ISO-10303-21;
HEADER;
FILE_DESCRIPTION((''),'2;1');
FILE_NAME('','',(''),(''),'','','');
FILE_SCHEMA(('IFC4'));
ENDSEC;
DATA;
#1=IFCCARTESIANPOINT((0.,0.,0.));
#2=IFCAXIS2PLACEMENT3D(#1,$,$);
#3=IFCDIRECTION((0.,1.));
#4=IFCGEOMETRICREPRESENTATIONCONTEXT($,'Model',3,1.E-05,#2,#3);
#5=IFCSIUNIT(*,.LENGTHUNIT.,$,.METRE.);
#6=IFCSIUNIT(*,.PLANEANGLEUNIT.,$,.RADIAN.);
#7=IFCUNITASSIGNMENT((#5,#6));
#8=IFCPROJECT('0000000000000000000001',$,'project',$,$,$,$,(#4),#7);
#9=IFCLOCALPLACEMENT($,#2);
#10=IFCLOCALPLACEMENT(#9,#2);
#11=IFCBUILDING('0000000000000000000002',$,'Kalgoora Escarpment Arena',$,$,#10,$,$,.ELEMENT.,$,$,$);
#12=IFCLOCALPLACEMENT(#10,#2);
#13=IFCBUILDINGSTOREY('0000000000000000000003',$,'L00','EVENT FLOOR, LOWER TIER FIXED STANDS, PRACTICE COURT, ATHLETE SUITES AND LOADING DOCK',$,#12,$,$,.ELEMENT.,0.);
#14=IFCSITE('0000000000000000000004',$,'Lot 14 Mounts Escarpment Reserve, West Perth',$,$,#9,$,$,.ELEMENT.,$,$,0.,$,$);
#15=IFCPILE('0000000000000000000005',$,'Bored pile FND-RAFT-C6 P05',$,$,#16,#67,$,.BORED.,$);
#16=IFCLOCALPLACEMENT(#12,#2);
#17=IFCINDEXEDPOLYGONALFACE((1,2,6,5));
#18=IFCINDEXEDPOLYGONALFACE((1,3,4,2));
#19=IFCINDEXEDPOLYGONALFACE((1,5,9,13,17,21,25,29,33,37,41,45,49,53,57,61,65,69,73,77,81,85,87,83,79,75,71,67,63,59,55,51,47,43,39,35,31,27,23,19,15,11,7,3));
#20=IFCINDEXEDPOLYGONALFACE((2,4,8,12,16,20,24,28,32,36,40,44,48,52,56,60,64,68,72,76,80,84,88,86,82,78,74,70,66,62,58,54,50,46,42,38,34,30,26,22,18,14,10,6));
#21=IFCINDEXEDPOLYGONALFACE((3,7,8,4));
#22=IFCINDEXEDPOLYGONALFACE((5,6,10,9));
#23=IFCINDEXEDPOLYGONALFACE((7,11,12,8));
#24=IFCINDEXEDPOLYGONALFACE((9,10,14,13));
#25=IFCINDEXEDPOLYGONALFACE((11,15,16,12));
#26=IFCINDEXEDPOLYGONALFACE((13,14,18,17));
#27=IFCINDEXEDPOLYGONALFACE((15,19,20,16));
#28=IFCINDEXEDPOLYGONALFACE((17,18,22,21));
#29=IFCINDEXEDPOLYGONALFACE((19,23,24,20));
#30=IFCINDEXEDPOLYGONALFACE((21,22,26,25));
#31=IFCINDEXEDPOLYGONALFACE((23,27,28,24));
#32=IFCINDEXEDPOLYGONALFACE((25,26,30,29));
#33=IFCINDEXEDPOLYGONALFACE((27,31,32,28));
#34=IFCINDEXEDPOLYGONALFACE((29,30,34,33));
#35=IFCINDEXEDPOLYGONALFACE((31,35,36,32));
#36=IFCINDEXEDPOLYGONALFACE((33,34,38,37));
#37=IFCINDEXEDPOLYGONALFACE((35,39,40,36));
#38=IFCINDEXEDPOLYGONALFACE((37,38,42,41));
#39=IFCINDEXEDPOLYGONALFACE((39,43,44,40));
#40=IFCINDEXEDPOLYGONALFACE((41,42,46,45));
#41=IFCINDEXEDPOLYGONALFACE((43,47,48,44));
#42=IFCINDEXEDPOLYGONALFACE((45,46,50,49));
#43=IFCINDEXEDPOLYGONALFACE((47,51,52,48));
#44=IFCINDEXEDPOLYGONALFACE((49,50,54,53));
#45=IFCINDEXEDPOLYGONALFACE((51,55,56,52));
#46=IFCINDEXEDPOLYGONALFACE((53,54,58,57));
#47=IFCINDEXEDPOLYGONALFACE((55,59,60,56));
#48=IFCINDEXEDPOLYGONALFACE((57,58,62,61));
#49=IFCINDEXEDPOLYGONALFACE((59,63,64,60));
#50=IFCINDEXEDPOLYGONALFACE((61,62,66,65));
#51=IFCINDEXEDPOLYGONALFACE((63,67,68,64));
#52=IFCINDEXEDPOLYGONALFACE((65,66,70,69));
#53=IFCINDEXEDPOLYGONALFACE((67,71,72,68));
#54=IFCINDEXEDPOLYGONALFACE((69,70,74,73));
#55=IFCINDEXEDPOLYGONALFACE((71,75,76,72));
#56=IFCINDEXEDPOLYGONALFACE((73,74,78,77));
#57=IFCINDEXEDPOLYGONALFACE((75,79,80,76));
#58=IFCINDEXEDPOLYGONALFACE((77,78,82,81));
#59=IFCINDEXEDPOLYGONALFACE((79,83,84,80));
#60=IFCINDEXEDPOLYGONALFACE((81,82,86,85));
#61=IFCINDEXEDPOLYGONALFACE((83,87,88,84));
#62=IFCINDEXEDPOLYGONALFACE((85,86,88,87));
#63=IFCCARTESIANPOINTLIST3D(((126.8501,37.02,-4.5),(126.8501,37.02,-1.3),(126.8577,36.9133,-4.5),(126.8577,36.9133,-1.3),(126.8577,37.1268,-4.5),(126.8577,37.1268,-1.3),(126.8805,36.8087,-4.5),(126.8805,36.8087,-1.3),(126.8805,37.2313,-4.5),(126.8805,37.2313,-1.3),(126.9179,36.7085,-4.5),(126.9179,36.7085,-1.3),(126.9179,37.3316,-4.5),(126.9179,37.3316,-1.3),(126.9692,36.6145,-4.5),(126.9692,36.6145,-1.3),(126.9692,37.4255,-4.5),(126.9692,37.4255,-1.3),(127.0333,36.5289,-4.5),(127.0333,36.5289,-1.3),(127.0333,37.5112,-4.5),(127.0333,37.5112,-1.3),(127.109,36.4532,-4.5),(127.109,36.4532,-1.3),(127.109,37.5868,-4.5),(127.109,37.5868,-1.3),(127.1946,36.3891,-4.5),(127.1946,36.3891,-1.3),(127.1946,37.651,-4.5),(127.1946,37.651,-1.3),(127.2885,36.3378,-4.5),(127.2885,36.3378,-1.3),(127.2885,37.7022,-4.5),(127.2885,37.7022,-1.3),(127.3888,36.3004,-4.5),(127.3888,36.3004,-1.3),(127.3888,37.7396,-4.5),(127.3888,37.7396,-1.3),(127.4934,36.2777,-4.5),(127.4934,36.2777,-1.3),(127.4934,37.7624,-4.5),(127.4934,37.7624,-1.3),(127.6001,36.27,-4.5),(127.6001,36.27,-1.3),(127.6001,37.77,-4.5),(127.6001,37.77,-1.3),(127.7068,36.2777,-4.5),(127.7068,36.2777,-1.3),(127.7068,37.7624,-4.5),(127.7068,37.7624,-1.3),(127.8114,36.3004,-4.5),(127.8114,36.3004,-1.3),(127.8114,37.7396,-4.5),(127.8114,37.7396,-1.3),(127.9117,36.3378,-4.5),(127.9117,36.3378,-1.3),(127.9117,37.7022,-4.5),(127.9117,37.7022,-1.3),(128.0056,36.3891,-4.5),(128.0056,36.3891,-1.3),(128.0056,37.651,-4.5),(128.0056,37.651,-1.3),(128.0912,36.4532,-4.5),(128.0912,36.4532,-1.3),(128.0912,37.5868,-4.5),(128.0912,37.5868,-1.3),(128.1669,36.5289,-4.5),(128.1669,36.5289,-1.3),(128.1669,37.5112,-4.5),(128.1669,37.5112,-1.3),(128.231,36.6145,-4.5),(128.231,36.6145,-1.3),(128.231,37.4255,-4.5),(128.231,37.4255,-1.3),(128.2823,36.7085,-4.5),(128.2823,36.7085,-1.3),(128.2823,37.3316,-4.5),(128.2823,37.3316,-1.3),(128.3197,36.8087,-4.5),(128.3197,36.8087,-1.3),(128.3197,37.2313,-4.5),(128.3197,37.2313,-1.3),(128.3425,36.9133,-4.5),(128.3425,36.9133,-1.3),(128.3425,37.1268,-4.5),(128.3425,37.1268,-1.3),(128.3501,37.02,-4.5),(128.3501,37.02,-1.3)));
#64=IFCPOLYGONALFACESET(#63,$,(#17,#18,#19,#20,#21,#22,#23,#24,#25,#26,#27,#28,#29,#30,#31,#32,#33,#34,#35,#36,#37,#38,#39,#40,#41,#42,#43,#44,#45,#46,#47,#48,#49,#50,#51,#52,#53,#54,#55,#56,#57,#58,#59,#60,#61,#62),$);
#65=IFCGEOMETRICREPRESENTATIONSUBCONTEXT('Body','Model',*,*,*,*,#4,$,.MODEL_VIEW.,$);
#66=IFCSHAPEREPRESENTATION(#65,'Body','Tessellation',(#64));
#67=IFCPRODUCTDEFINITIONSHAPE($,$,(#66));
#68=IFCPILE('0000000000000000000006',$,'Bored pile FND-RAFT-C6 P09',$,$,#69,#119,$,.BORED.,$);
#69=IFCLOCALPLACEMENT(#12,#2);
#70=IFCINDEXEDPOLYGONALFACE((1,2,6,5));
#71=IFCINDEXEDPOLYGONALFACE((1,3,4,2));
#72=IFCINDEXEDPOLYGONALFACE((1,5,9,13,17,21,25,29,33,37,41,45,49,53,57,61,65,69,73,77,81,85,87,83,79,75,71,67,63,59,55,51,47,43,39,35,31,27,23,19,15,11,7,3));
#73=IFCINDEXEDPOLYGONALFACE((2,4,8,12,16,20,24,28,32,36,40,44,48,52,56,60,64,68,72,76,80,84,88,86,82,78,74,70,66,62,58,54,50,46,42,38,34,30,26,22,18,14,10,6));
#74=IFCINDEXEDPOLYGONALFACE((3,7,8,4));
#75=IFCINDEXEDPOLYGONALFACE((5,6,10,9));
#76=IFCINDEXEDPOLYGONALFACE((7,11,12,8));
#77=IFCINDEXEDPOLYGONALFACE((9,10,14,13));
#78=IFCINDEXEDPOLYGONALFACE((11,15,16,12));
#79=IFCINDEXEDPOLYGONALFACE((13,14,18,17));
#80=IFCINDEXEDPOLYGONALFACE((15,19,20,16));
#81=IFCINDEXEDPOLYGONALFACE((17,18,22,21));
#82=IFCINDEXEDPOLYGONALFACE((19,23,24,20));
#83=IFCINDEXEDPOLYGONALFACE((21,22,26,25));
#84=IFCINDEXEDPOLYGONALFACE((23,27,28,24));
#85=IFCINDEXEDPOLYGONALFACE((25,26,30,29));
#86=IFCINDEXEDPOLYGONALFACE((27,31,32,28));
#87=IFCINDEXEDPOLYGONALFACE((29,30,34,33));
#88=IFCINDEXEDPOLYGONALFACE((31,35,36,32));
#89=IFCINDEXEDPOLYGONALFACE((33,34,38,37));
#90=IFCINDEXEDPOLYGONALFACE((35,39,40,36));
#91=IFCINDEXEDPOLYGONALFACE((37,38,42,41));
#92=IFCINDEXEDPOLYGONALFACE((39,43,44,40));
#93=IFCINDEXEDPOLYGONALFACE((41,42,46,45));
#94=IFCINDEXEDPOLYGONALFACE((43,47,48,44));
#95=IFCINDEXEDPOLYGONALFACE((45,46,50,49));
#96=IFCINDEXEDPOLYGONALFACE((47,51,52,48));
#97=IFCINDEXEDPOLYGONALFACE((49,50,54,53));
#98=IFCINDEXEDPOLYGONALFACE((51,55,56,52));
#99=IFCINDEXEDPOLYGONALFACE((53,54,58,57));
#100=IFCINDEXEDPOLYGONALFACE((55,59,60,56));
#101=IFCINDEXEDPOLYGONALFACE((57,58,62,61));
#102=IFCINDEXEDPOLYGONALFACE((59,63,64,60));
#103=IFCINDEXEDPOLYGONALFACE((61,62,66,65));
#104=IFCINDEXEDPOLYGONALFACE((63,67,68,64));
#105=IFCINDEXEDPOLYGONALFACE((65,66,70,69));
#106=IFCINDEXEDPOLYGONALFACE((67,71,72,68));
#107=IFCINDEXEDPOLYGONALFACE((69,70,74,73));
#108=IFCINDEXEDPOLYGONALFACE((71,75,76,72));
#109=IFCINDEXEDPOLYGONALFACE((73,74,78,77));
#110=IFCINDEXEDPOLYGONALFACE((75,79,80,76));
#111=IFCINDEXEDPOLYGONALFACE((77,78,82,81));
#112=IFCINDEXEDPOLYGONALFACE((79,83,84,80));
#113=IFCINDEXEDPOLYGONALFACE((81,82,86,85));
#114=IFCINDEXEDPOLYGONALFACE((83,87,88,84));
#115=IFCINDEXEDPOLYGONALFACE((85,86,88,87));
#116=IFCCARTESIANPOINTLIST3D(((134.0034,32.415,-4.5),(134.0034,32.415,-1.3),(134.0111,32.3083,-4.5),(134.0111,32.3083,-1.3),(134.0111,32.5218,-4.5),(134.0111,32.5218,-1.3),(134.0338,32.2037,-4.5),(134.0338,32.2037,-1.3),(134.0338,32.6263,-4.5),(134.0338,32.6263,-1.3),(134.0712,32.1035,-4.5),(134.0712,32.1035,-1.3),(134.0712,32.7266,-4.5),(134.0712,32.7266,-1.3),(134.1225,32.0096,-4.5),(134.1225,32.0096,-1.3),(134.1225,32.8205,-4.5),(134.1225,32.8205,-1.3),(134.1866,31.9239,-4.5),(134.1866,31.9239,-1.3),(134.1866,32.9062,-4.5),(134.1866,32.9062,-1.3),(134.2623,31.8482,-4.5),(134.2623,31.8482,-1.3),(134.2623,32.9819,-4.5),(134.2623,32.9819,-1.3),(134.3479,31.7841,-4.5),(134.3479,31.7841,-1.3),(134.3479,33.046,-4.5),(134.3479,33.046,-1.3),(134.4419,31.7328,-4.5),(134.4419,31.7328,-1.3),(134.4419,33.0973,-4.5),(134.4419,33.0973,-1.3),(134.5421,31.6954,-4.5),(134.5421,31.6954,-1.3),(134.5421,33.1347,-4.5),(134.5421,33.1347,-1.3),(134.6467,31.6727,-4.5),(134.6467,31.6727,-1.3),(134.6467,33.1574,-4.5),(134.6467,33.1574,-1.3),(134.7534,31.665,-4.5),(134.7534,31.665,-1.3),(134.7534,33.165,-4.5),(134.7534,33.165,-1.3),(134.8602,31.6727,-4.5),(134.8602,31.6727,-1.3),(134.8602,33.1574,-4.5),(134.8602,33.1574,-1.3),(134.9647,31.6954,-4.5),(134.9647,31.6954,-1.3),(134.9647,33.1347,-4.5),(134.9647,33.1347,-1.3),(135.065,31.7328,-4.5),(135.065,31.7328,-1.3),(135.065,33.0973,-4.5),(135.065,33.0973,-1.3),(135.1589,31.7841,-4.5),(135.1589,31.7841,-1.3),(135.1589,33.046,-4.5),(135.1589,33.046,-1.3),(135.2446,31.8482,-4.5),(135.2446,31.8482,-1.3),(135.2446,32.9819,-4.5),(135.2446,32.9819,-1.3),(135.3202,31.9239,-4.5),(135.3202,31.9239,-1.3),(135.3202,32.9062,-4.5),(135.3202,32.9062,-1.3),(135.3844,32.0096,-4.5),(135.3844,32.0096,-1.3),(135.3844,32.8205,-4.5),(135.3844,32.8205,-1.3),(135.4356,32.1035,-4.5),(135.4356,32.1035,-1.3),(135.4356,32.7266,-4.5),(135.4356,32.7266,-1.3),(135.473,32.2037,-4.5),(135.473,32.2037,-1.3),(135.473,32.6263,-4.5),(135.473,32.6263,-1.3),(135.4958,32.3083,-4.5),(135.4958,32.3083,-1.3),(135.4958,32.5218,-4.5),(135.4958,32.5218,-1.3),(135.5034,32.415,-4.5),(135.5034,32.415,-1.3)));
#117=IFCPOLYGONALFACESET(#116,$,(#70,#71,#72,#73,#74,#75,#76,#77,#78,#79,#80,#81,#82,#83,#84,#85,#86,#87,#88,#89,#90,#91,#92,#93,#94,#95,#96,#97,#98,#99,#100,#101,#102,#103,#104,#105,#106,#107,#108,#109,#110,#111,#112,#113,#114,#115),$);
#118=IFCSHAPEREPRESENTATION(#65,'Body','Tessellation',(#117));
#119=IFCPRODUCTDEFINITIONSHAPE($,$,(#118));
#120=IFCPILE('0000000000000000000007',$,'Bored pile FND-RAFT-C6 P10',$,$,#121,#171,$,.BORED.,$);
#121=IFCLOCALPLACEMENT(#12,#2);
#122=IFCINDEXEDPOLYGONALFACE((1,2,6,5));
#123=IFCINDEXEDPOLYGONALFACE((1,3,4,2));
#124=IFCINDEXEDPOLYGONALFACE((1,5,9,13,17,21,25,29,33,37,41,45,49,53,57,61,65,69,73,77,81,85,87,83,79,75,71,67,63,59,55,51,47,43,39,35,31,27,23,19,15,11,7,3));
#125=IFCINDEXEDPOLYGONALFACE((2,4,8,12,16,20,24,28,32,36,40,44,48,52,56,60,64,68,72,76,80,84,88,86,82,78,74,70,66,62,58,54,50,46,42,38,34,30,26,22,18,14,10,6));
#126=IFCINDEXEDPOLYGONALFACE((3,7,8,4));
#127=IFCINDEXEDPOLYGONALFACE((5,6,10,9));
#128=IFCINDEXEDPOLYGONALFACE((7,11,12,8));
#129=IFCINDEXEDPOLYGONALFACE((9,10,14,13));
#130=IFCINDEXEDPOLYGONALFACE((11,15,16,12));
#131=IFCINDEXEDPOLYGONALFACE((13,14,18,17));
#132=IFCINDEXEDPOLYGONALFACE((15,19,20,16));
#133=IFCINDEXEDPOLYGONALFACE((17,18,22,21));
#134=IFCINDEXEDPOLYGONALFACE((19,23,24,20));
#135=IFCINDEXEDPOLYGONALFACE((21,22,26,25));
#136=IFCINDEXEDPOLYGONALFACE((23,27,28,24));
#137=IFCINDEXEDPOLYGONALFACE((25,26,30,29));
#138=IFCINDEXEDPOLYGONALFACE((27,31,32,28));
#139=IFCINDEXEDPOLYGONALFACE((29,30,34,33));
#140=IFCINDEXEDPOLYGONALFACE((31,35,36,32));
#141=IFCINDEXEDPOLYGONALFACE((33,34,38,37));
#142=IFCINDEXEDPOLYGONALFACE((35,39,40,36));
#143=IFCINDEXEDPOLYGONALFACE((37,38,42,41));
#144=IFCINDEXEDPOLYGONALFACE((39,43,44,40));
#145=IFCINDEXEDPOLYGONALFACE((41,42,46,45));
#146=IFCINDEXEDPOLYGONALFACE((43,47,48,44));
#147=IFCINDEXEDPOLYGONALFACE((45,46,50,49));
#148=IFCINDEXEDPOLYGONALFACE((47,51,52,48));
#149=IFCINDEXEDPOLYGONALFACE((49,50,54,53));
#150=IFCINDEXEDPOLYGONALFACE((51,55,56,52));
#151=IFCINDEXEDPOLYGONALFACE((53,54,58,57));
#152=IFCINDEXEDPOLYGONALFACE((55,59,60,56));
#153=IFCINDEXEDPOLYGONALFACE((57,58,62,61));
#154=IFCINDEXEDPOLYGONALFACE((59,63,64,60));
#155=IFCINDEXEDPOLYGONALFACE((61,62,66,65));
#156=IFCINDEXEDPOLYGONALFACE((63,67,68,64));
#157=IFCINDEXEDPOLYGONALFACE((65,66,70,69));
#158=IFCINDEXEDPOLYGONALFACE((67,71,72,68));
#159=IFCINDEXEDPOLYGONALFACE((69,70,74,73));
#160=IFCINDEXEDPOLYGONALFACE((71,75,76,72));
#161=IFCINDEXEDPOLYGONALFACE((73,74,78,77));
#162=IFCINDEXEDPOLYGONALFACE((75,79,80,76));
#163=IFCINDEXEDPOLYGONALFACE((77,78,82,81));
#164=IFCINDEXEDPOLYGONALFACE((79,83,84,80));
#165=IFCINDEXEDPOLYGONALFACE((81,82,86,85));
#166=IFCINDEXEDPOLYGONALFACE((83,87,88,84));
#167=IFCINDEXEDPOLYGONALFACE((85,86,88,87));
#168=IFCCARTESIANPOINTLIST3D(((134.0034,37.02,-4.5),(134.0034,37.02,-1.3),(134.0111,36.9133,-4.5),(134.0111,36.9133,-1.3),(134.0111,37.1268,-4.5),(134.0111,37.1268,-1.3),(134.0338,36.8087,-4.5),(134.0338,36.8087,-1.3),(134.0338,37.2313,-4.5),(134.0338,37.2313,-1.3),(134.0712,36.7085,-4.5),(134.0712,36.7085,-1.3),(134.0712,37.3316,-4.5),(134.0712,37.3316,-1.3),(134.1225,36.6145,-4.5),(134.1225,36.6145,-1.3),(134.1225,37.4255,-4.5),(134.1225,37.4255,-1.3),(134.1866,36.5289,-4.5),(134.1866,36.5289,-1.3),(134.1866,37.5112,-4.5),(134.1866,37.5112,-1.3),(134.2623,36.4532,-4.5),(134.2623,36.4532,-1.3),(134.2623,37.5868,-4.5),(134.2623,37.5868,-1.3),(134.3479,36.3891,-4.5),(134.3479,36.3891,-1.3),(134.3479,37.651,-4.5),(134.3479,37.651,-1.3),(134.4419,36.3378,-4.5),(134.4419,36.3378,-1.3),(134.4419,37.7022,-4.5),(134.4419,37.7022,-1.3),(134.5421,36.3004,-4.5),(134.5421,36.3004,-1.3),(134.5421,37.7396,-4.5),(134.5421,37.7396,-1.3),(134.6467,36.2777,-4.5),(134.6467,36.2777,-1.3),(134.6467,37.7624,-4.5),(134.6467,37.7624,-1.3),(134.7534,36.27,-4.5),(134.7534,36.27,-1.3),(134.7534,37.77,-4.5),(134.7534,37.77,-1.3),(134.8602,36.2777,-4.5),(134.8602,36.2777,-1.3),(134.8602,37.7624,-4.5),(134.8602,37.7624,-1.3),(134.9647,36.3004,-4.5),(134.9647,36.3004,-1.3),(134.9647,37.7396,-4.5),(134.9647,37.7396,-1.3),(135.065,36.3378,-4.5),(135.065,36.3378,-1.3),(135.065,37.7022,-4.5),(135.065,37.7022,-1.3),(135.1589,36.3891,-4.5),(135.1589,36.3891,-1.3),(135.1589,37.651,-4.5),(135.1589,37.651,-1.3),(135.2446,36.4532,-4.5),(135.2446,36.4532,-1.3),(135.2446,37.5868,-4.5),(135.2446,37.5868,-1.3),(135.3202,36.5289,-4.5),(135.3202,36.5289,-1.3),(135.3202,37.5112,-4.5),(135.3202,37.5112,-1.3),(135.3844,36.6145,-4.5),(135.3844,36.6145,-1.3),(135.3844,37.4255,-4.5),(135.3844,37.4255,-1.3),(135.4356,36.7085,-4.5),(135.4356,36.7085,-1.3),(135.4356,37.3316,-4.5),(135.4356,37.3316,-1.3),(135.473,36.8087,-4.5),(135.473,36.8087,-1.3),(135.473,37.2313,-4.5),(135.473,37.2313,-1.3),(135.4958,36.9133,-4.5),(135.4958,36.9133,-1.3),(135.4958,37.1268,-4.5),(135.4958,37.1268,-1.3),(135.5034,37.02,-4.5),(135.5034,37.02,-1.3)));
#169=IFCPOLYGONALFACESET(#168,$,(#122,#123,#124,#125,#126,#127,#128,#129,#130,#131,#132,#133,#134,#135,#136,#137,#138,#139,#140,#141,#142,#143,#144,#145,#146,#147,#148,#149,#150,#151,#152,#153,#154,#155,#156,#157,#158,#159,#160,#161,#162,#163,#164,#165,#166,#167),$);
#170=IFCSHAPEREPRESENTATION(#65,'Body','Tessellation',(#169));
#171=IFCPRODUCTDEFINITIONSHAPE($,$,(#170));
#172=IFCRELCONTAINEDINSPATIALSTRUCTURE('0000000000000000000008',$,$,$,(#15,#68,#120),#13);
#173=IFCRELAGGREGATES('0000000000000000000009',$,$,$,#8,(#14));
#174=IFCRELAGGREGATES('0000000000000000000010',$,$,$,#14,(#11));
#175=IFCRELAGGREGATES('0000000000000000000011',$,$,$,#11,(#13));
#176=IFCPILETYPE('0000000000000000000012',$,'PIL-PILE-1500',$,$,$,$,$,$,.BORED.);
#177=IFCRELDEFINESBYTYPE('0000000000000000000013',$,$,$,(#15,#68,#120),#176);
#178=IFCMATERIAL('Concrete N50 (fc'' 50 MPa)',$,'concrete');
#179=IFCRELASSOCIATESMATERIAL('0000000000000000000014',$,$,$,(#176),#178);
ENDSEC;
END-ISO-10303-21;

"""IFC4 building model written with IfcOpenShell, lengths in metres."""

from ifc_helpers import new_model, si_unit, direction, frame, origin, origin_2d, place, context, subcontext, project, spatial, circle, extrude, material, material_profile, profile_set, type_object, element, save


model = new_model("IFC4")

# Units and contexts
model_context = context("Model", 3, precision=1e-05, world=origin(), true_north=direction((0.0, 1.0)))
body_context = subcontext(model_context, "Body", "Model", "MODEL_VIEW")
ifc_project = project(units=[si_unit("LENGTHUNIT", "METRE"), si_unit("PLANEANGLEUNIT", "RADIAN")], contexts=[model_context])

# Site, building, storey
site_placement = place(None, origin())
site = spatial("IfcSite", under=ifc_project, at=site_placement, Name="Lot 14 Mounts Escarpment Reserve, West Perth", CompositionType="ELEMENT", RefElevation=0.0)
building_placement = place(site_placement, origin())
building = spatial("IfcBuilding", under=site, at=building_placement, Name="Kalgoora Escarpment Arena", CompositionType="ELEMENT")
storey_placement = place(building_placement, origin())
storey = spatial("IfcBuildingStorey", under=building, at=storey_placement, Name="L00", Description="EVENT FLOOR, LOWER TIER FIXED STANDS, PRACTICE COURT, ATHLETE SUITES AND LOADING DOCK", CompositionType="ELEMENT", Elevation=0.0)

# Piles
ifc_material_1 = material(Name="Concrete N50 (fc' 50 MPa)", Category="concrete")
ifc_material_profile_1 = material_profile(ifc_material_1, circle(Radius=0.75, at=origin_2d()))
ifc_profile_set_1 = profile_set([ifc_material_profile_1], Name="Concrete N50 (fc' 50 MPa)")
pile_type_1 = type_object("IfcPileType", Name="PIL-PILE-1500", PredefinedType="BORED", material=ifc_profile_set_1)
for number, where, z_axis, x_axis, name in (
    (1, (127.6001, 37.02, -1.3), (0.0, 0.0, -1.0), (1.0, 0.0, 0.0), "Bored pile FND-RAFT-C6 P05"),
    (2, (134.7534, 32.415, -1.3), (0.0, 0.0, -1.0), (1.0, 0.0, 0.0), "Bored pile FND-RAFT-C6 P09"),
    (3, (134.7534, 37.02, -1.3), (0.0, 0.0, -1.0), (1.0, 0.0, 0.0), "Bored pile FND-RAFT-C6 P10"),
):
    element("IfcPile", number, at=place(storey_placement, frame(where, z_axis=z_axis, x_axis=x_axis)), inside=storey, type_object=pile_type_1, Name=name, PredefinedType="BORED", context=body_context, shape_type="SweptSolid", body=[
        extrude(circle(Radius=0.75, at=origin_2d()), origin(), (0.0, 0.0, 1.0), 3.2),
    ])

save(model, "model.ifc")
